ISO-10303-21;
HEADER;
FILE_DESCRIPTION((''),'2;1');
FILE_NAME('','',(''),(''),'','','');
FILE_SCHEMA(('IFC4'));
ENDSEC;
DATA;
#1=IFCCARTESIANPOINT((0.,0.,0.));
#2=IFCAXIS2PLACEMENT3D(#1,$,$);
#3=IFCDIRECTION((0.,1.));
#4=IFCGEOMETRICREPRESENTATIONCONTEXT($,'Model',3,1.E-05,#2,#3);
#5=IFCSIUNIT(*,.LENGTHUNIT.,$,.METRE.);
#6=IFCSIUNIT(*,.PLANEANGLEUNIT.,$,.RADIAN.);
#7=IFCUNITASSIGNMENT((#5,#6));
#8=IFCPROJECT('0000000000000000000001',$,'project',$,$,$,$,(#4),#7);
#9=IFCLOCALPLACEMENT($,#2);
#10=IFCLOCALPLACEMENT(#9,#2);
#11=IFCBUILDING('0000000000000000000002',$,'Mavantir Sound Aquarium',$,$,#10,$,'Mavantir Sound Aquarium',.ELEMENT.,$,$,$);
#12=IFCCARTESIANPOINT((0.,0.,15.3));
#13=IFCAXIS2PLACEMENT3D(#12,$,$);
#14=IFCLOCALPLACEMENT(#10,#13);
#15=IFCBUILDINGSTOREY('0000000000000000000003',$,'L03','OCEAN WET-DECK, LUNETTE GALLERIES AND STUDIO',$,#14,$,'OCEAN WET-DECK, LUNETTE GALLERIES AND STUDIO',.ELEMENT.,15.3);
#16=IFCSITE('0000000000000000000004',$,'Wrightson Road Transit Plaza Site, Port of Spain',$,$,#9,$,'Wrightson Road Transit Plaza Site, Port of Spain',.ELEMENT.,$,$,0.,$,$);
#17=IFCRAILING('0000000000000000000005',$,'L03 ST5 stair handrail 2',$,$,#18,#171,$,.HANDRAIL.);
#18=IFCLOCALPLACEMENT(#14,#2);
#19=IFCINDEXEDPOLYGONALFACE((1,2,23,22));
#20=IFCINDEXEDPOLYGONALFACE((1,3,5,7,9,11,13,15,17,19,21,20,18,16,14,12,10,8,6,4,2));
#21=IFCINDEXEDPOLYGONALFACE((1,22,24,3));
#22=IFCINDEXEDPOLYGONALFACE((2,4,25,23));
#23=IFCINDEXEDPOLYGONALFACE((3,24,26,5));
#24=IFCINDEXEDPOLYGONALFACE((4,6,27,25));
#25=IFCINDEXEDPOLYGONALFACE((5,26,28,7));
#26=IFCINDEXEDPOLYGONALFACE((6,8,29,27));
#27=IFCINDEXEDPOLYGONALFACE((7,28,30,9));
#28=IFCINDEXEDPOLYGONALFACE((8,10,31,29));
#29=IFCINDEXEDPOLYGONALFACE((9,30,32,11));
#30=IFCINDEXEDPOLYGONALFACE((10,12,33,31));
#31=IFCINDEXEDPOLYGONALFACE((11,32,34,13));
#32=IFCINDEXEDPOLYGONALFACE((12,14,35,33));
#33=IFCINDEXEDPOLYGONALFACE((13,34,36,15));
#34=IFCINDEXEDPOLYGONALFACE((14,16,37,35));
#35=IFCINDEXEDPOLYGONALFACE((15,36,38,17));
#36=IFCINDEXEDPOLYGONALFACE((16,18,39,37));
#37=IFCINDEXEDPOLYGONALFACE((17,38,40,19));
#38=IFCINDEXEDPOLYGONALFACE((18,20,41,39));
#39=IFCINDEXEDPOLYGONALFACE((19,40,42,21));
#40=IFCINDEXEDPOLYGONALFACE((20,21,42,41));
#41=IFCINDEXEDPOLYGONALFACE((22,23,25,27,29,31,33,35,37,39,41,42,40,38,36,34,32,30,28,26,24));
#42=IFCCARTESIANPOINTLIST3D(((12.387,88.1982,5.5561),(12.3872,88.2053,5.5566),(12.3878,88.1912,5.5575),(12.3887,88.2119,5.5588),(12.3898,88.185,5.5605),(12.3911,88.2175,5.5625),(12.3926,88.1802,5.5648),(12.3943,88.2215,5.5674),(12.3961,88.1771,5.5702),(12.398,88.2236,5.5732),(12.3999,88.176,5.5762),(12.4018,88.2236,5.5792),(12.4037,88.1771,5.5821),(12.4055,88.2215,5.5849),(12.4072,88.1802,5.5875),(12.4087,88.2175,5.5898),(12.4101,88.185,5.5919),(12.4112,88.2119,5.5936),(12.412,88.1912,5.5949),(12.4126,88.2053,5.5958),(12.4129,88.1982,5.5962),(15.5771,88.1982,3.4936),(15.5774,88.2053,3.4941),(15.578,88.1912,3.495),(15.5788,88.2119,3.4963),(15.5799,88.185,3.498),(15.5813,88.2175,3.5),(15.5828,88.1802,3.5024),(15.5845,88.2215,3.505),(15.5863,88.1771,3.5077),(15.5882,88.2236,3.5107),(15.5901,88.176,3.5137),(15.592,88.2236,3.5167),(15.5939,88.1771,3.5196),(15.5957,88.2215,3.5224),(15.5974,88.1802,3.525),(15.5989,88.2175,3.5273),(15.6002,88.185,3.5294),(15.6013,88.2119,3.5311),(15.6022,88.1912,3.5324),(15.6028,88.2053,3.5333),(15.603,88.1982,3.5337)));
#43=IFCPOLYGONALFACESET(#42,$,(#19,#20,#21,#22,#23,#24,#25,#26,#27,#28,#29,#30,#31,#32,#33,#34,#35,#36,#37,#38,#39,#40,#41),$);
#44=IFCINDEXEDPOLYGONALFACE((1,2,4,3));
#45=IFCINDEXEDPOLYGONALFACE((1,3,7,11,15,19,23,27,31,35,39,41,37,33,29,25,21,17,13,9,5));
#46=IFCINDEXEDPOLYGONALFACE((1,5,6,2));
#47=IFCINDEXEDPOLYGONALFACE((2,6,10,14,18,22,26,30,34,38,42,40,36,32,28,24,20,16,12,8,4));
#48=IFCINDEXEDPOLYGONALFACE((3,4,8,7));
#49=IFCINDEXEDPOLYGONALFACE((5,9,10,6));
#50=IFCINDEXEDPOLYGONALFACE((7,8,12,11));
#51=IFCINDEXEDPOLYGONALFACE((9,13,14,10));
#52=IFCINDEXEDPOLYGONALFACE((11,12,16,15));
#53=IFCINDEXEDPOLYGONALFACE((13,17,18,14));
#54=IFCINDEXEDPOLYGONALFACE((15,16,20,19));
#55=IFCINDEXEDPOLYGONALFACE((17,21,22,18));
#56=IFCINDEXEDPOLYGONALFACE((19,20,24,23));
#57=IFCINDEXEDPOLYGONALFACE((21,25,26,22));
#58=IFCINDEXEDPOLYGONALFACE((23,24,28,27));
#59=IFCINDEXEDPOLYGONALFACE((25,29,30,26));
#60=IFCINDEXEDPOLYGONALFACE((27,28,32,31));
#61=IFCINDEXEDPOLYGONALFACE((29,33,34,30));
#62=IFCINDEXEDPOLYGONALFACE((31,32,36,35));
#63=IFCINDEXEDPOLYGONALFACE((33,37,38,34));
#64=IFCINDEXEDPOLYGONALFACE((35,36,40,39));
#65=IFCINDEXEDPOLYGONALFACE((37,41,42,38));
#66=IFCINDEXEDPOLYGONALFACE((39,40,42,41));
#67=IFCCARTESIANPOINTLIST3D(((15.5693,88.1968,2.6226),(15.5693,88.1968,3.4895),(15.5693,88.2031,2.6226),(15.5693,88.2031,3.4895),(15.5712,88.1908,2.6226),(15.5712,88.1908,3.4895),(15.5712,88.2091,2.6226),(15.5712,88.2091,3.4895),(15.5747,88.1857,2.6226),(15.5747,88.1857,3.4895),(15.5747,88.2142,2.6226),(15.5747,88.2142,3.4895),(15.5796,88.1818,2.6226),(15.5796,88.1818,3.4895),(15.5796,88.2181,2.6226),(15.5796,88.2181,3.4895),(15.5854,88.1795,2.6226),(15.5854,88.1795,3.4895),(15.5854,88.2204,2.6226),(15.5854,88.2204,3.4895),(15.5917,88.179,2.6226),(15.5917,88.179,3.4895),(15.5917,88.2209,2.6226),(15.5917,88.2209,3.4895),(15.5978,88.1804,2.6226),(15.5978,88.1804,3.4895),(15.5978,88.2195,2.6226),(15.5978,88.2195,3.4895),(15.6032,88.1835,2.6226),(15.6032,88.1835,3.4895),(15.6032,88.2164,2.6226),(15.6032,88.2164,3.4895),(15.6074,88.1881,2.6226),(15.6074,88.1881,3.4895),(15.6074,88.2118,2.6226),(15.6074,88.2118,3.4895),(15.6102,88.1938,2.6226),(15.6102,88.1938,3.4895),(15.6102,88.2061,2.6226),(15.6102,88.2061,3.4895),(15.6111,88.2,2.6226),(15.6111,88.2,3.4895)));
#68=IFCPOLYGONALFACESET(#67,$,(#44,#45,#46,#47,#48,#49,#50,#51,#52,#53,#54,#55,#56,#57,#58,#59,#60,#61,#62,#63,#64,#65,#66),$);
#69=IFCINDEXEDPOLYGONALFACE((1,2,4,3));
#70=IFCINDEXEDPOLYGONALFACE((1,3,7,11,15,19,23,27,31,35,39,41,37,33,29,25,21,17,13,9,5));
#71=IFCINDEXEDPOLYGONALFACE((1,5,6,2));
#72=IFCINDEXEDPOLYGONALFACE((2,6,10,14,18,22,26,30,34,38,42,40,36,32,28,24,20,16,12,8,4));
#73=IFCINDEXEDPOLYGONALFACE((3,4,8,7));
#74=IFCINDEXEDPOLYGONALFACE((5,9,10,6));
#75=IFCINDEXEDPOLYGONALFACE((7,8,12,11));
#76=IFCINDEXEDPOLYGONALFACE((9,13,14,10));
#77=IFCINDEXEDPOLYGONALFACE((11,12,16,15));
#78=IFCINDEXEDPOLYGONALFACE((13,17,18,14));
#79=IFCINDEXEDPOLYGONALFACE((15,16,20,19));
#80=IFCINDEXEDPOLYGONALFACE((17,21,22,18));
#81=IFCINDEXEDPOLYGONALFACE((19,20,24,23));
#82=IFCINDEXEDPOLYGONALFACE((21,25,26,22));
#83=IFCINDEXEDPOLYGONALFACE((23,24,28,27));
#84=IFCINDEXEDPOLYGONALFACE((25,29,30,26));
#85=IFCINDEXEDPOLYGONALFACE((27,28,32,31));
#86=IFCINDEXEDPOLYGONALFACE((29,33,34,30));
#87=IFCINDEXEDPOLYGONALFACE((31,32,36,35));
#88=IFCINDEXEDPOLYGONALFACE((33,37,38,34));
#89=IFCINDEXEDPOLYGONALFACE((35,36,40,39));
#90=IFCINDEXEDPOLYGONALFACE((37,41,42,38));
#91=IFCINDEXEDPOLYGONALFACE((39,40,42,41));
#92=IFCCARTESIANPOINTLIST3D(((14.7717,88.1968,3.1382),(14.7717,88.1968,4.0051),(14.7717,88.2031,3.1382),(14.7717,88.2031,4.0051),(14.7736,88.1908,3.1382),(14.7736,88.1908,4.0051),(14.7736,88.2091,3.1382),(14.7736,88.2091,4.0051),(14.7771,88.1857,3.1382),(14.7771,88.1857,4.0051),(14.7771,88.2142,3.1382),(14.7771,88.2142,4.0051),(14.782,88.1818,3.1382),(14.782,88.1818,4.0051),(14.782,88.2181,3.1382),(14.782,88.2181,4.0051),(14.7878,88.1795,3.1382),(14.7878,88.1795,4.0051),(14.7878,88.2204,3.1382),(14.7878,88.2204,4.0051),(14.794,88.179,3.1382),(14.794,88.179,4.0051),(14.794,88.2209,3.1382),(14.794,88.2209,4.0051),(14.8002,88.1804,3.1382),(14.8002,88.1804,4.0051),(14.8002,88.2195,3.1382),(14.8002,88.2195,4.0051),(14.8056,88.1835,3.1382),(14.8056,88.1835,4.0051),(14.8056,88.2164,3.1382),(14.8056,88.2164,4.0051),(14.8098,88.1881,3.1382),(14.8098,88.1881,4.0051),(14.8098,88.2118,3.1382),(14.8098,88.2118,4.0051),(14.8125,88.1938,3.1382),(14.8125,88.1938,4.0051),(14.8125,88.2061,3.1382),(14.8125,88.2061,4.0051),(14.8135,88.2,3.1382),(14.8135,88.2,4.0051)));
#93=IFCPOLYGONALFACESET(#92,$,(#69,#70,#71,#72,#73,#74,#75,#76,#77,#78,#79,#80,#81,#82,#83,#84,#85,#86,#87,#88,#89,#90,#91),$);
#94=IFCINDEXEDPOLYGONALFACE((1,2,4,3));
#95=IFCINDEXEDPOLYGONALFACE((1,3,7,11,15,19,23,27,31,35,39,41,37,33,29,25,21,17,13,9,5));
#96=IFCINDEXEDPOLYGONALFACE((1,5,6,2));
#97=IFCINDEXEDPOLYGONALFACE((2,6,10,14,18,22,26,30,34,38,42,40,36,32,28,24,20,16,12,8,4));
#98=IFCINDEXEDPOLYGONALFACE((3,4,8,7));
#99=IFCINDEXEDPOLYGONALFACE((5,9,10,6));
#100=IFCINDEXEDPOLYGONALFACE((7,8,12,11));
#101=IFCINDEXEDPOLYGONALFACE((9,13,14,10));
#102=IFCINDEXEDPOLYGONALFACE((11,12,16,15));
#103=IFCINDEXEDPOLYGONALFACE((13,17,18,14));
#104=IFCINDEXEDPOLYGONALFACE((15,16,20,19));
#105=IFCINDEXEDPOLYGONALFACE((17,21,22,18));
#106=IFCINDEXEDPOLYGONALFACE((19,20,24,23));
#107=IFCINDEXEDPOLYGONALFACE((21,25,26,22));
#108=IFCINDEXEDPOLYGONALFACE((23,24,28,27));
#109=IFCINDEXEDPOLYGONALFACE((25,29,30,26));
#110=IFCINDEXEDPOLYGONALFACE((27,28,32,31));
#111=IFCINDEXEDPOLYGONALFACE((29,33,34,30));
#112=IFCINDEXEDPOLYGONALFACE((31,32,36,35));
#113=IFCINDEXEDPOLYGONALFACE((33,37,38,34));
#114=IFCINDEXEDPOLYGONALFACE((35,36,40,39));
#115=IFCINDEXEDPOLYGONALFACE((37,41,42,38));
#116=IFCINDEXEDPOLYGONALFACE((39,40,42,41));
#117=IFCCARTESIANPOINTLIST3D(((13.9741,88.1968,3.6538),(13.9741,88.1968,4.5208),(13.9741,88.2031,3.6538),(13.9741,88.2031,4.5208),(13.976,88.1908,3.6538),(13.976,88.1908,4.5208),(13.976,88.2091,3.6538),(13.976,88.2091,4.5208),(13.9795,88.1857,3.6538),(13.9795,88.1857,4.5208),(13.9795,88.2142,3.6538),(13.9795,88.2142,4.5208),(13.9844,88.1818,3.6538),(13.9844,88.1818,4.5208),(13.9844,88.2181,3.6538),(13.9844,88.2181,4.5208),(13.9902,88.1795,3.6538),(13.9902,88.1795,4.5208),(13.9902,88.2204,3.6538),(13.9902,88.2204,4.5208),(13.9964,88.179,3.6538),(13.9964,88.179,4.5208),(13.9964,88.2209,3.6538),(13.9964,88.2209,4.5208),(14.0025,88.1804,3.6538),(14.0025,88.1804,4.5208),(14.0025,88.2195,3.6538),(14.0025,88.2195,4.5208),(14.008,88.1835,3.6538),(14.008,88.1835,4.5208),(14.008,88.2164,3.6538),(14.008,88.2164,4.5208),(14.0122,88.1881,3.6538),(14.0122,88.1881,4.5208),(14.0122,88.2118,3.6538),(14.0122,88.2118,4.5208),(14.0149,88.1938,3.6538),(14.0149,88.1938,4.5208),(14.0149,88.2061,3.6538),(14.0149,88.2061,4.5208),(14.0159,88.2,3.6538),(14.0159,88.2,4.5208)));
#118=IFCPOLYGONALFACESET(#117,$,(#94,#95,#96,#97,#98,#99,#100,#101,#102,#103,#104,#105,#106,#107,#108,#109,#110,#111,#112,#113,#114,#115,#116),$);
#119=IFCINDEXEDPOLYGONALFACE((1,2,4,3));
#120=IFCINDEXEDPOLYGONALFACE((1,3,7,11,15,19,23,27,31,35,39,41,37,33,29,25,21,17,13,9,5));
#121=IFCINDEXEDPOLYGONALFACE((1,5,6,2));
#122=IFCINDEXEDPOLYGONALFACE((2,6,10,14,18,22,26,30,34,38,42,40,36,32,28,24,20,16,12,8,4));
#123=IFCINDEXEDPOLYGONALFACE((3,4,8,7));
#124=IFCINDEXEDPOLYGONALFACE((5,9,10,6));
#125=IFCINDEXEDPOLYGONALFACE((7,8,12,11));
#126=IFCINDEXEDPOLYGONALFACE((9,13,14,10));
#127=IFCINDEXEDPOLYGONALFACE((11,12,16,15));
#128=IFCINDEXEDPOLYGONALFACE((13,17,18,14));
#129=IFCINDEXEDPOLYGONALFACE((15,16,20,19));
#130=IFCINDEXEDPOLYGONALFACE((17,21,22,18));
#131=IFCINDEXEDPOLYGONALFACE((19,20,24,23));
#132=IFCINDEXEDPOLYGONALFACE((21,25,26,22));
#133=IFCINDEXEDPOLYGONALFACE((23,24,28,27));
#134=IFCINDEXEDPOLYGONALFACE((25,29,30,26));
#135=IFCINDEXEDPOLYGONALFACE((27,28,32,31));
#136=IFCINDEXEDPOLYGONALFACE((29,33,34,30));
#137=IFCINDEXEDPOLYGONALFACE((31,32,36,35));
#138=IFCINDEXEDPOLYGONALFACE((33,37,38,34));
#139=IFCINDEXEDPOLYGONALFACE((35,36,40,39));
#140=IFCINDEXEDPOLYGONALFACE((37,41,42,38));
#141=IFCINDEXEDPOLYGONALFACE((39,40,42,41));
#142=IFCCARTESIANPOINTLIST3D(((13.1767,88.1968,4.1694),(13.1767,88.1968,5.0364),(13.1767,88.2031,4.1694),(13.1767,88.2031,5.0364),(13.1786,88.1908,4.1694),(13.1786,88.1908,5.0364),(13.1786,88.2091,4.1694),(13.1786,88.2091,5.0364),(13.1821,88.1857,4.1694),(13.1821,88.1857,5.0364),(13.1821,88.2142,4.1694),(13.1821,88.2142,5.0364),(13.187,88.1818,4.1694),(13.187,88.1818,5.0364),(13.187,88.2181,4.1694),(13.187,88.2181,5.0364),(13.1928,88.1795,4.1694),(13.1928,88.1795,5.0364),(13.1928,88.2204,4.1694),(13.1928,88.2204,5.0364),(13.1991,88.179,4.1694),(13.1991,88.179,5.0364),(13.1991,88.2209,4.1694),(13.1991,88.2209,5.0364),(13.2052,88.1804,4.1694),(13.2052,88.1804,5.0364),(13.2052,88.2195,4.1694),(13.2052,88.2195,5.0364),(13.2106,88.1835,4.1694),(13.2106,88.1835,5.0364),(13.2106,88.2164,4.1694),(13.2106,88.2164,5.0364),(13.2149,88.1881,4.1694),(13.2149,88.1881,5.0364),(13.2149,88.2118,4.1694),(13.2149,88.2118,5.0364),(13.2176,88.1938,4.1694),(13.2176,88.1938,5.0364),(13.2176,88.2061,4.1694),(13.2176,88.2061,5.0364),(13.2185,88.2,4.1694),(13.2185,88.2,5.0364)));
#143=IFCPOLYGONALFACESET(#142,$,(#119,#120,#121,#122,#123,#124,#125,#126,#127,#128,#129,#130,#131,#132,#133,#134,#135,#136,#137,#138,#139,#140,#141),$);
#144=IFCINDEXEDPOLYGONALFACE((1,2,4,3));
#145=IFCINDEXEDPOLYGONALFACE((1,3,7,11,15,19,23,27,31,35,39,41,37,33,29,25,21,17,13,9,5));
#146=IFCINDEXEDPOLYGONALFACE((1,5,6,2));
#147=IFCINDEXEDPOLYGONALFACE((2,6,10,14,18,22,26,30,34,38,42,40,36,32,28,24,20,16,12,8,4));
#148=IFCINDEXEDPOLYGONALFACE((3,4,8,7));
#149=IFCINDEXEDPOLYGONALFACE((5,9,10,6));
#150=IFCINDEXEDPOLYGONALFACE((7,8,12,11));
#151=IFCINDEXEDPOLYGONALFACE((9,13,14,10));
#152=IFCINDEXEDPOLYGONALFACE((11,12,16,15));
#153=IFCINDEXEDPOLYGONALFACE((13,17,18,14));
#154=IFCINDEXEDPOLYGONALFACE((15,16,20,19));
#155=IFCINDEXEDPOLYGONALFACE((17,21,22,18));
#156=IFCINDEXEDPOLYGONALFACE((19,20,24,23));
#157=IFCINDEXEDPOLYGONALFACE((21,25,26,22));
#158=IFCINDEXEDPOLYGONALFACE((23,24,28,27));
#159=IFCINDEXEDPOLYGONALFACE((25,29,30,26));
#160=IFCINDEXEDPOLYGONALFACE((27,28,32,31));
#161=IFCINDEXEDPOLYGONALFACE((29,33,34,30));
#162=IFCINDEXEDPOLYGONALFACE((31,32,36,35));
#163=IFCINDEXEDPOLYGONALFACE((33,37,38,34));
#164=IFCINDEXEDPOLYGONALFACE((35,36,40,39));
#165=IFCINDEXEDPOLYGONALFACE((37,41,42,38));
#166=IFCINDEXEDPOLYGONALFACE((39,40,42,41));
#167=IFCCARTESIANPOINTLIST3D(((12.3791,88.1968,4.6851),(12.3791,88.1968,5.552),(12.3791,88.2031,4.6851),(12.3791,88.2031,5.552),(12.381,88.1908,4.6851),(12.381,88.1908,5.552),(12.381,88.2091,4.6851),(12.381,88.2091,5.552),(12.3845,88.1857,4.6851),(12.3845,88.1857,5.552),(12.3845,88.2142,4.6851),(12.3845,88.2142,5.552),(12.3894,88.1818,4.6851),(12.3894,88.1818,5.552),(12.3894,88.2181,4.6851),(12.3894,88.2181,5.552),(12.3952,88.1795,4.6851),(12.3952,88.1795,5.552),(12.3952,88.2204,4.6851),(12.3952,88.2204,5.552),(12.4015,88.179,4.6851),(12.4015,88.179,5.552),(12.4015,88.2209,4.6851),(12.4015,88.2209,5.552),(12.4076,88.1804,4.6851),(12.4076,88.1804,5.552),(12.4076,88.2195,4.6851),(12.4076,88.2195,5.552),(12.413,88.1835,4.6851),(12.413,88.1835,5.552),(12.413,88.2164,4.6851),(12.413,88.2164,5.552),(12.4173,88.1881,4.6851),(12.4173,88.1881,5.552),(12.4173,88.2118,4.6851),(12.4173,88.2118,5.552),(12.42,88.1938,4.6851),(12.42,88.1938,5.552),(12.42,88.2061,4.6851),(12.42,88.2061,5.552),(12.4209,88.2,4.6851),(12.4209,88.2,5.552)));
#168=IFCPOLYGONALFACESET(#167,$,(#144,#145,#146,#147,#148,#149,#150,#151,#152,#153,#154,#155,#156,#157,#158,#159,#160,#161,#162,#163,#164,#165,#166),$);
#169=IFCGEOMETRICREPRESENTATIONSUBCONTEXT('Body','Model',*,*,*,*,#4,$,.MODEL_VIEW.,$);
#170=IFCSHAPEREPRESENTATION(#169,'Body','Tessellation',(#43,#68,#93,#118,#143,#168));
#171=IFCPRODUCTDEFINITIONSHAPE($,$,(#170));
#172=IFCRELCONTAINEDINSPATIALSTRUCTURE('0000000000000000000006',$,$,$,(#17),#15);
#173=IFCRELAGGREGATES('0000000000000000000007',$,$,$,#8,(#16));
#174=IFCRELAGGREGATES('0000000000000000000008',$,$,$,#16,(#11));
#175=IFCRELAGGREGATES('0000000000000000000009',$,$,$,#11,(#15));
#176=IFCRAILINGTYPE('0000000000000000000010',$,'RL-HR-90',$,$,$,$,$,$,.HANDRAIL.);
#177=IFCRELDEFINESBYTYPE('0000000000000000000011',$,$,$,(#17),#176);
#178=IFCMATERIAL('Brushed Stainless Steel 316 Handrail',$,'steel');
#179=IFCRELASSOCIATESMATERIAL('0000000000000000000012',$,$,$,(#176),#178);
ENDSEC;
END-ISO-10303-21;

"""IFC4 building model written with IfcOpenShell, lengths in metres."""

from ifc_helpers import new_model, si_unit, direction, frame, origin, origin_2d, place, context, subcontext, project, spatial, circle, extrude, material, type_object, element, save


model = new_model("IFC4")

# Units and contexts
model_context = context("Model", 3, precision=1e-05, world=origin(), true_north=direction((0.0, 1.0)))
body_context = subcontext(model_context, "Body", "Model", "MODEL_VIEW")
ifc_project = project(units=[si_unit("LENGTHUNIT", "METRE"), si_unit("PLANEANGLEUNIT", "RADIAN")], contexts=[model_context])

# Site, building, storey
site_placement = place(None, origin())
site = spatial("IfcSite", under=ifc_project, at=site_placement, Name="Wrightson Road Transit Plaza Site, Port of Spain", LongName="Wrightson Road Transit Plaza Site, Port of Spain", CompositionType="ELEMENT", RefElevation=0.0)
building_placement = place(site_placement, origin())
building = spatial("IfcBuilding", under=site, at=building_placement, Name="Mavantir Sound Aquarium", LongName="Mavantir Sound Aquarium", CompositionType="ELEMENT")
storey_placement = place(building_placement, frame((0.0, 0.0, 15.3)))
storey = spatial("IfcBuildingStorey", under=building, at=storey_placement, Name="L03", Description="OCEAN WET-DECK, LUNETTE GALLERIES AND STUDIO", LongName="OCEAN WET-DECK, LUNETTE GALLERIES AND STUDIO", CompositionType="ELEMENT", Elevation=15.3)

# Railing
ifc_material_1 = material(Name="Brushed Stainless Steel 316 Handrail", Category="steel")
railing_type_1 = type_object("IfcRailingType", Name="RL-HR-90", PredefinedType="HANDRAIL", material=ifc_material_1)
railing_1_placement = place(storey_placement, frame((15.5901, 88.2, 2.6226)))
element("IfcRailing", 1, at=railing_1_placement, inside=storey, type_object=railing_type_1, Name="L03 ST5 stair handrail 2", PredefinedType="HANDRAIL", context=body_context, shape_type="SweptSolid", body=[
    extrude(circle(Radius=0.0239, at=origin_2d()), frame((0.0, 0.0, 0.8911), z_axis=(-0.839779, 0.0, 0.542929), x_axis=(0.0, -1.0, 0.0)), (0.0, 0.0, 1.0), 3.7988),
    extrude(circle(Radius=0.021, at=origin_2d()), origin(), (0.0, 0.0, 1.0), 0.8669),
    extrude(circle(Radius=0.021, at=origin_2d()), frame((-0.7976, 0.0, 0.5156)), (0.0, 0.0, 1.0), 0.8669),
    extrude(circle(Radius=0.021, at=origin_2d()), frame((-1.5952, 0.0, 1.0312)), (0.0, 0.0, 1.0), 0.8669),
    extrude(circle(Radius=0.021, at=origin_2d()), frame((-2.3926, 0.0, 1.5469)), (0.0, 0.0, 1.0), 0.8669),
    extrude(circle(Radius=0.021, at=origin_2d()), frame((-3.1902, 0.0, 2.0625)), (0.0, 0.0, 1.0), 0.8669),
])

save(model, "model.ifc")
